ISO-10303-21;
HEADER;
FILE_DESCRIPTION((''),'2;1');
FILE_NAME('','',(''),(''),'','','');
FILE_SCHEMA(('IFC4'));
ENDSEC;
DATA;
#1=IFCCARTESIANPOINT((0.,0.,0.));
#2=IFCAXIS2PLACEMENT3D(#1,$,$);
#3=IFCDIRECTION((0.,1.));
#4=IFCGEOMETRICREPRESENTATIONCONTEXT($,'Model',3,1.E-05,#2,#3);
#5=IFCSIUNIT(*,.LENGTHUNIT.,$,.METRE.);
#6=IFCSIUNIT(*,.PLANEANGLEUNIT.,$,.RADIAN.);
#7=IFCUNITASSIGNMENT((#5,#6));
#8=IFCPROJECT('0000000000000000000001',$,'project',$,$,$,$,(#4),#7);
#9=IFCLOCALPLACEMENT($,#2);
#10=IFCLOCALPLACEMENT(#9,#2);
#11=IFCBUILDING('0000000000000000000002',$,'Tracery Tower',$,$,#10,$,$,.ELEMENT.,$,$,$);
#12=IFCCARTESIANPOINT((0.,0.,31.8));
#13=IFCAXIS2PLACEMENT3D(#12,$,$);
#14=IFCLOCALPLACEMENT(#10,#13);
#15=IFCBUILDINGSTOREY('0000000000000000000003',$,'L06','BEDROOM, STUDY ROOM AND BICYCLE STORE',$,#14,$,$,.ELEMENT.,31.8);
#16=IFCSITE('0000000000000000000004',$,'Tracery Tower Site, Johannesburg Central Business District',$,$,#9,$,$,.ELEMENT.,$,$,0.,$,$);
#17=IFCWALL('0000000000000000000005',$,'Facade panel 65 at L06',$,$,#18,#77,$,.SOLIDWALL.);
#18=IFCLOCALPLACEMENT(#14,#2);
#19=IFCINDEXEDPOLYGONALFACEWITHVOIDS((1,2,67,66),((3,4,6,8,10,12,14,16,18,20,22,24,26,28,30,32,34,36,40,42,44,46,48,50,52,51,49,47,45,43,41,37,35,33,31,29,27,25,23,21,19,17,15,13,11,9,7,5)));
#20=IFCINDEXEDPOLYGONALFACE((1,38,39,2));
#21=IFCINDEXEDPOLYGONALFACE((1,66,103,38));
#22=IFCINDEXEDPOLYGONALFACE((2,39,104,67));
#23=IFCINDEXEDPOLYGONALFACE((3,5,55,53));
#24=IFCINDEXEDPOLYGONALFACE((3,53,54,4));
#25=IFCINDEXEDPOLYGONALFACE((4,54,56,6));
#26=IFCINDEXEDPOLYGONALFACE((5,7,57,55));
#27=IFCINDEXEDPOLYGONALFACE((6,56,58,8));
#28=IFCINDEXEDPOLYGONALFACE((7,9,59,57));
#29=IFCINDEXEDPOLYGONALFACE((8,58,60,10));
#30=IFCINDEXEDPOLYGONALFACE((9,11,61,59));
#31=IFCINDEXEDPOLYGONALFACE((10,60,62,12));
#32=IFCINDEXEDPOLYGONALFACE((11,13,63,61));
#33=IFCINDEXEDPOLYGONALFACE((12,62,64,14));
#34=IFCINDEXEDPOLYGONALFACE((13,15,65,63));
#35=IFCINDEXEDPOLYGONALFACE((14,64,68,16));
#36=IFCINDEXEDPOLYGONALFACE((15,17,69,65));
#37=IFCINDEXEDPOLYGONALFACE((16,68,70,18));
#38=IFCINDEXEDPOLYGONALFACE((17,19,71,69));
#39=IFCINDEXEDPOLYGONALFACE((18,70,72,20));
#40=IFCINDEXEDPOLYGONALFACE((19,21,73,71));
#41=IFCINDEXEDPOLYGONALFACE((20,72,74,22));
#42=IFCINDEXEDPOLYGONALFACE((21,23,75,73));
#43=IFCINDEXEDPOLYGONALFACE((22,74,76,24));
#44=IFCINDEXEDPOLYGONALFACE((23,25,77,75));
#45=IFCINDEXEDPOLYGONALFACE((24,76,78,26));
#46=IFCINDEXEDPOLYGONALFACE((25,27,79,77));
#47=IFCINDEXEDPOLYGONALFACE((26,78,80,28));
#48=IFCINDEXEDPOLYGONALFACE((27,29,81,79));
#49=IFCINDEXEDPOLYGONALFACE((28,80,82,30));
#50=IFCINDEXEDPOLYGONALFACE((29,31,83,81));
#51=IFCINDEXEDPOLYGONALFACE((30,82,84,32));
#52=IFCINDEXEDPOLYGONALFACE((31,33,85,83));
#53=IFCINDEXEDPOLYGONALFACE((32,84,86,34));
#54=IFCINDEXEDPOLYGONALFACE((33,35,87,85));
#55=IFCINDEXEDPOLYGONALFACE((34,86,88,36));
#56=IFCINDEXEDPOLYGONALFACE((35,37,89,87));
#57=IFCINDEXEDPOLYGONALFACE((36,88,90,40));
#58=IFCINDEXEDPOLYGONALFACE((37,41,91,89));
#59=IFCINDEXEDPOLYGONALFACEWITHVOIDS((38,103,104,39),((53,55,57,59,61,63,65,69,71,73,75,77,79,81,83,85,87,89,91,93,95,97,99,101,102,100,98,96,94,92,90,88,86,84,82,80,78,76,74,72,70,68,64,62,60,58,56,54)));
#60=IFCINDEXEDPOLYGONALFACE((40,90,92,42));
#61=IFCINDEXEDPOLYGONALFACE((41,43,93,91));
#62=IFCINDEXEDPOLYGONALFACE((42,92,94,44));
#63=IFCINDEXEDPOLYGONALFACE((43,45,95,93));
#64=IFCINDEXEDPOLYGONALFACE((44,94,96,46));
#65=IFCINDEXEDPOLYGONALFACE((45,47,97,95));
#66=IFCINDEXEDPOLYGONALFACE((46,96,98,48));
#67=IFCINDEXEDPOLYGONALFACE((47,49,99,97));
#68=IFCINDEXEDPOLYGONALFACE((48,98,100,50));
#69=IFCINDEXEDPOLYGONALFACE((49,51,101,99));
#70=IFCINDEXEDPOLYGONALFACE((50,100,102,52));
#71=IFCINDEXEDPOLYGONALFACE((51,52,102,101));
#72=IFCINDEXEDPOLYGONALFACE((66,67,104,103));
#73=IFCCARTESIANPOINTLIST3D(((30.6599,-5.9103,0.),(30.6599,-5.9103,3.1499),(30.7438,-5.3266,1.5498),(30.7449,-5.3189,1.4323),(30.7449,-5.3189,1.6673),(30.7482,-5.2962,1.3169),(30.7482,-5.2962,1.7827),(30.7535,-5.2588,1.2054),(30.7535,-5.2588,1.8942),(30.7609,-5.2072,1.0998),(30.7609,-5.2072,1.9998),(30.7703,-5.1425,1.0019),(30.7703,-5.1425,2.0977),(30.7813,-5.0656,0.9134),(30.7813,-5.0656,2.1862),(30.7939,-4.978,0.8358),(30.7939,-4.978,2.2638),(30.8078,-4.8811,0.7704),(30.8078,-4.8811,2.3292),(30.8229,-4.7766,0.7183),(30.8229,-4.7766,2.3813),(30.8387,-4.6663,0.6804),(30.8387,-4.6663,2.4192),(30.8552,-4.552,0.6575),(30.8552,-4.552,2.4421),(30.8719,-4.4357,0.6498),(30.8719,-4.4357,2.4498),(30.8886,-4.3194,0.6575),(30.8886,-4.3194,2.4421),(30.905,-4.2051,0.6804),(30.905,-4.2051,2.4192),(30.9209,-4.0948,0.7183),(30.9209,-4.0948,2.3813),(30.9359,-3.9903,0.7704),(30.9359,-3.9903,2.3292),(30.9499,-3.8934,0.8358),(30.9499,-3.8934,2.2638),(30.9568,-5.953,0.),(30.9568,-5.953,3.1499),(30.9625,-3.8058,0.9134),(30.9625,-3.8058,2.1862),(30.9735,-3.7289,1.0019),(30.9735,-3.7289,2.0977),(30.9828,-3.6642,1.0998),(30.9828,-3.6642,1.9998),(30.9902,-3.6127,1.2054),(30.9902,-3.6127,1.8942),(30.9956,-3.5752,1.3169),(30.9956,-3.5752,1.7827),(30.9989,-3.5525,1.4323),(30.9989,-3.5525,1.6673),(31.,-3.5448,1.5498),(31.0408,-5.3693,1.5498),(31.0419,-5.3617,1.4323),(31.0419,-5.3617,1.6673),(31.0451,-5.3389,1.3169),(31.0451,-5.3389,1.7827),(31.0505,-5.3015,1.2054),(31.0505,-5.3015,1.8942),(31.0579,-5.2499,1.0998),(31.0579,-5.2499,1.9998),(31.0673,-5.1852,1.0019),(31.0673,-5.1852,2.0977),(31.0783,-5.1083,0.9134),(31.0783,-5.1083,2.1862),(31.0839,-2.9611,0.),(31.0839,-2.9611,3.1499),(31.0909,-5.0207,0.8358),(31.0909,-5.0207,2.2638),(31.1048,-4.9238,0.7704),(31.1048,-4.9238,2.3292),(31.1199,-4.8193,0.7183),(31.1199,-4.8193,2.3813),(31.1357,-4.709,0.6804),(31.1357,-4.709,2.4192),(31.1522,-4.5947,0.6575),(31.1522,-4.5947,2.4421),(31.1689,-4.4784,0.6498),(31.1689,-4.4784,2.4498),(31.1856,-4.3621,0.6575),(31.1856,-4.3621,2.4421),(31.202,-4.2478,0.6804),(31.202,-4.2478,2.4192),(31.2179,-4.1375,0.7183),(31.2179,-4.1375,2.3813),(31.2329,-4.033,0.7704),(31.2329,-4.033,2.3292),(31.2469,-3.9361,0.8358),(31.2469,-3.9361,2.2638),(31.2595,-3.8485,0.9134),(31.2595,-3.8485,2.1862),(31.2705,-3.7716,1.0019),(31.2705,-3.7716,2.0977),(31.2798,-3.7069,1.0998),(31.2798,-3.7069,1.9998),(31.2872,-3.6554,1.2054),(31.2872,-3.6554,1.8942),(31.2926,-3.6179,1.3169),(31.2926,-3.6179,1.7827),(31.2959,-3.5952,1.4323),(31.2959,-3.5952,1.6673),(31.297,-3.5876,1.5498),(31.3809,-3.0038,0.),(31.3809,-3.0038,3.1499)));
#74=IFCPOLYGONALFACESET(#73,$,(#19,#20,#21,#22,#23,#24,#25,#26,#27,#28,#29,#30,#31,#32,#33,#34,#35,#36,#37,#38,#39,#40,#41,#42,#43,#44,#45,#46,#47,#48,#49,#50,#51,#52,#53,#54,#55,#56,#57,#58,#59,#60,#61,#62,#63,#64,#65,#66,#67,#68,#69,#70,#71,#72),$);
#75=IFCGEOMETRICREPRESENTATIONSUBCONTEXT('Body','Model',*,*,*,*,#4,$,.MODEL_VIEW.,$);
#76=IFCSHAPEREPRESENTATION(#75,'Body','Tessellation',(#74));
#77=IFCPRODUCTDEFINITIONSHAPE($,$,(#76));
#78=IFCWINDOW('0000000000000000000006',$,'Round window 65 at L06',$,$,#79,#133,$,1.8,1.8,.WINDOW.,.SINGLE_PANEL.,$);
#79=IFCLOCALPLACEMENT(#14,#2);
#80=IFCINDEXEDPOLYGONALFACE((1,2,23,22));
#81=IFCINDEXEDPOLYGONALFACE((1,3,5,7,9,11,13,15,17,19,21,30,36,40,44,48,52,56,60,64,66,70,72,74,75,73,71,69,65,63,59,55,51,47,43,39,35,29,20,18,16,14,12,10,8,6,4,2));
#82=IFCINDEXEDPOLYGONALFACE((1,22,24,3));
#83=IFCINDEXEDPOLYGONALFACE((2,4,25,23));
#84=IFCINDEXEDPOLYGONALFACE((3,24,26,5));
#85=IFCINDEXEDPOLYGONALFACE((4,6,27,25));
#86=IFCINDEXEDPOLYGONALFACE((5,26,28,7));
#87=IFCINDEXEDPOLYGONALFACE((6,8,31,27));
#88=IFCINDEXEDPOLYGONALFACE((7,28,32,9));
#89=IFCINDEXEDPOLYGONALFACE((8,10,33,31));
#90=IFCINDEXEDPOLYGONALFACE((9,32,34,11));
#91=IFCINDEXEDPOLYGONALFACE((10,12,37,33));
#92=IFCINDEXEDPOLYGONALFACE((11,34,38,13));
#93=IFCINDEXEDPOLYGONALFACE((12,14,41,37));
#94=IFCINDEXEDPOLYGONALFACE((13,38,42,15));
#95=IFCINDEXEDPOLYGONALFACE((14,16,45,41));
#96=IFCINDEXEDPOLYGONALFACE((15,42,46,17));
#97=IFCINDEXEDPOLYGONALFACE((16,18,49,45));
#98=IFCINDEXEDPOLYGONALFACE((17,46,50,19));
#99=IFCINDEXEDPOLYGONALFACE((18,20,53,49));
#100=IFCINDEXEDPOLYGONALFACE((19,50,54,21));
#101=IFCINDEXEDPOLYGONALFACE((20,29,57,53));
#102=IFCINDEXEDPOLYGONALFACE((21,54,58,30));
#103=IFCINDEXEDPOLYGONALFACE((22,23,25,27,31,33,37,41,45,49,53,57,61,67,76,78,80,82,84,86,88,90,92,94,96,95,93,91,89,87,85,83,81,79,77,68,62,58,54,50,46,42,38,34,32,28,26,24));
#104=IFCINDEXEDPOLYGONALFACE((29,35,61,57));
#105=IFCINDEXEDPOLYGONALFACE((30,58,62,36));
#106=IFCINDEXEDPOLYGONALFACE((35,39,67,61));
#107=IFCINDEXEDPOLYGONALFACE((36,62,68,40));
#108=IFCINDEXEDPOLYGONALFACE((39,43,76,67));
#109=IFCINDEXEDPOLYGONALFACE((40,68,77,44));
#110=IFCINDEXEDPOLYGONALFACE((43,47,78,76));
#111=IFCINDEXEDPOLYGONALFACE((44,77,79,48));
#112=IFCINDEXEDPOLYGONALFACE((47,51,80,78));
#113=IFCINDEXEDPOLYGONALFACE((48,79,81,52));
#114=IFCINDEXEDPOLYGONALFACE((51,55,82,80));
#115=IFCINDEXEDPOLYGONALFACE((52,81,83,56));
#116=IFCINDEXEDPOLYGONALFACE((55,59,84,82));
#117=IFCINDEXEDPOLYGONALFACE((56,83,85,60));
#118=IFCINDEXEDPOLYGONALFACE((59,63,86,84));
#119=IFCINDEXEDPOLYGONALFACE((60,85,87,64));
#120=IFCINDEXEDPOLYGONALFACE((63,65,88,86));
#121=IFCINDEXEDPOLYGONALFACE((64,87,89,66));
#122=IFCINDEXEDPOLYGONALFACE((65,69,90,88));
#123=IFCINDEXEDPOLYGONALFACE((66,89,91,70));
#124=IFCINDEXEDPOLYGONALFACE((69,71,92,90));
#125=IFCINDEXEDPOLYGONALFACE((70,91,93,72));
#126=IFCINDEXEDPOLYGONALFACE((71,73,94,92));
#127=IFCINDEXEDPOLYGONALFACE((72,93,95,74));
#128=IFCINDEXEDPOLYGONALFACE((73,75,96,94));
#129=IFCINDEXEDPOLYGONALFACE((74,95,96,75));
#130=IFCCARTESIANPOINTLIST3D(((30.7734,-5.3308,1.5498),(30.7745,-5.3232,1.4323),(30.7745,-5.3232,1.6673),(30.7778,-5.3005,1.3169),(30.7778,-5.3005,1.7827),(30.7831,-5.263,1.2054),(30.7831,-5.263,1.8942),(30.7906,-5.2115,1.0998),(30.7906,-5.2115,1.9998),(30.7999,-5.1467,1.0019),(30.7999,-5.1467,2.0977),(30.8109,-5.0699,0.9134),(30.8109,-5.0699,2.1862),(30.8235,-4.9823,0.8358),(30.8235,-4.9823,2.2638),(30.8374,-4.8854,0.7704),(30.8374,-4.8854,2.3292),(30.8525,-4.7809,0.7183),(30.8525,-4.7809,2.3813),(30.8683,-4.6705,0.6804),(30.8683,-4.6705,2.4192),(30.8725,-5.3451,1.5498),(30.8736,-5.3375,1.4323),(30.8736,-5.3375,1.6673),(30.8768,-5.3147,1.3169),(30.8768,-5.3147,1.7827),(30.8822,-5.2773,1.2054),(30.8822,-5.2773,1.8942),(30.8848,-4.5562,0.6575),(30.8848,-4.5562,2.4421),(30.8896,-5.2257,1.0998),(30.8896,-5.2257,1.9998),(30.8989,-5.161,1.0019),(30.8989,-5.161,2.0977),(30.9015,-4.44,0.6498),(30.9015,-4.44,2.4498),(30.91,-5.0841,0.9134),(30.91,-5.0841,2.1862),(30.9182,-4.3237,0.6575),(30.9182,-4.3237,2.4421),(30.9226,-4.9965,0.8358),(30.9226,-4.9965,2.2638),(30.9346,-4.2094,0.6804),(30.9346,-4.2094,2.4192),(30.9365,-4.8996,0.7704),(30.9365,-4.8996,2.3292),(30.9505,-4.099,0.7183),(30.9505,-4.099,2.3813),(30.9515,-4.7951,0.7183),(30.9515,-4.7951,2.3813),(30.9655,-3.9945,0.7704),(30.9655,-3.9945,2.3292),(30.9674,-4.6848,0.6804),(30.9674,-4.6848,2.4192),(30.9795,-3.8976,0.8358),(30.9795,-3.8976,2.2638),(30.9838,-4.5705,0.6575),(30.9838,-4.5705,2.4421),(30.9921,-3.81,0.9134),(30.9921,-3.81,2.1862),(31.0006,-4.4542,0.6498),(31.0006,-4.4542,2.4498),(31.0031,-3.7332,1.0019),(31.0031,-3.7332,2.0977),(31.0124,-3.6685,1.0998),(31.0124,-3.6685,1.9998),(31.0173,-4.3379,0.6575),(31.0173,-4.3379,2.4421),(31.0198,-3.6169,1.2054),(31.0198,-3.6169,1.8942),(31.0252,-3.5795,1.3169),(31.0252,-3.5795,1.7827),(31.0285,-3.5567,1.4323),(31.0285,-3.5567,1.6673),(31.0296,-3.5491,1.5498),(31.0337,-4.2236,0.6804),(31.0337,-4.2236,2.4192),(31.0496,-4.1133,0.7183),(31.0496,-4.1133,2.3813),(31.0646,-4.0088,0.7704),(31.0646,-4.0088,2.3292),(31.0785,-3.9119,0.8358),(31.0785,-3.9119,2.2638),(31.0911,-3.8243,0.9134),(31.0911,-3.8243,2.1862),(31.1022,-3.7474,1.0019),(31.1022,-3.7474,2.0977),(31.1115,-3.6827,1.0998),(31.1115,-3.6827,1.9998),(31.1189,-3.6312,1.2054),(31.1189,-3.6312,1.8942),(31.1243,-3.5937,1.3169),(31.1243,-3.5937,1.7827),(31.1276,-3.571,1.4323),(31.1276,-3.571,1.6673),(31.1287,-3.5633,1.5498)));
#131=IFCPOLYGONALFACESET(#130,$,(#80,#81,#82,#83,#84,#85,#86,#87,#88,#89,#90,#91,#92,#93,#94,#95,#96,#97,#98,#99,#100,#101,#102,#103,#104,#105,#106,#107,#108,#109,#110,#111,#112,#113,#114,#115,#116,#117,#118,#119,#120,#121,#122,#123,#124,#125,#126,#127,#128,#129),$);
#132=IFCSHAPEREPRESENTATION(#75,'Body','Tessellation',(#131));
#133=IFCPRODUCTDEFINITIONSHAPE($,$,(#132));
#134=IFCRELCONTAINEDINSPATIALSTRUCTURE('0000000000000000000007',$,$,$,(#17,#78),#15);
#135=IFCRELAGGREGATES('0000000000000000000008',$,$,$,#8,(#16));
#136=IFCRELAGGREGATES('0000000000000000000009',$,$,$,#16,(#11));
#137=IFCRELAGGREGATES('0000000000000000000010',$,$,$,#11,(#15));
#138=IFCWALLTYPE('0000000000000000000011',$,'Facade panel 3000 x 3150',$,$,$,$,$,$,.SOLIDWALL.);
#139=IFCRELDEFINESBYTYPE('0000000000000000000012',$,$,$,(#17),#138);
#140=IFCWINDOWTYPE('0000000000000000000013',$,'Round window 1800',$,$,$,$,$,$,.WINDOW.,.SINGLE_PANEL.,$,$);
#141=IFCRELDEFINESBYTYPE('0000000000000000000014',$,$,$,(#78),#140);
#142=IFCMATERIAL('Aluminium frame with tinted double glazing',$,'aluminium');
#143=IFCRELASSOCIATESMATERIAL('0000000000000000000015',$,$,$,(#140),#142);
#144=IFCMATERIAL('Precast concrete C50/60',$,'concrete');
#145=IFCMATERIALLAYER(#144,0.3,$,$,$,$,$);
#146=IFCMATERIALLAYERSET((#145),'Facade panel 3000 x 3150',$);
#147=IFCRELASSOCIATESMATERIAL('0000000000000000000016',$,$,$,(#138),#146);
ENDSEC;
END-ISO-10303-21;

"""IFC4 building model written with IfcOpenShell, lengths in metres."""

from ifc_helpers import new_model, si_unit, direction, frame, frame_2d, origin, origin_2d, place, context, subcontext, project, spatial, rectangle, circle, extrude, material, layer, layer_set, type_object, element, fill, save


model = new_model("IFC4")

# Units and contexts
model_context = context("Model", 3, precision=1e-05, world=origin(), true_north=direction((0.0, 1.0)))
body_context = subcontext(model_context, "Body", "Model", "MODEL_VIEW")
ifc_project = project(units=[si_unit("LENGTHUNIT", "METRE"), si_unit("PLANEANGLEUNIT", "RADIAN")], contexts=[model_context])

# Site, building, storey
site_placement = place(None, origin())
site = spatial("IfcSite", under=ifc_project, at=site_placement, Name="Tracery Tower Site, Johannesburg Central Business District", CompositionType="ELEMENT", RefElevation=0.0)
building_placement = place(site_placement, origin())
building = spatial("IfcBuilding", under=site, at=building_placement, Name="Tracery Tower", CompositionType="ELEMENT")
storey_placement = place(building_placement, frame((0.0, 0.0, 31.8)))
storey = spatial("IfcBuildingStorey", under=building, at=storey_placement, Name="L06", Description="BEDROOM, STUDY ROOM AND BICYCLE STORE", CompositionType="ELEMENT", Elevation=31.8)

# Wall, opening, window
ifc_material_1 = material(Name="Aluminium frame with tinted double glazing", Category="aluminium")
window_type = type_object("IfcWindowType", Name="Round window 1800", PartitioningType="SINGLE_PANEL", PredefinedType="WINDOW", material=ifc_material_1)
ifc_material_2 = material(Name="Precast concrete C50/60", Category="concrete")
ifc_layer_1 = layer(ifc_material_2, 0.3)
ifc_layer_set_1 = layer_set([ifc_layer_1], Name="Facade panel 3000 x 3150")
wall_type_1 = type_object("IfcWallType", Name="Facade panel 3000 x 3150", PredefinedType="SOLIDWALL", material=ifc_layer_set_1)
wall_1_placement = place(storey_placement, frame((30.8083, -5.9316, 0.0), z_axis=(0.0, 0.0, 1.0), x_axis=(0.142328, 0.98982, 0.0)))
wall_1 = element("IfcWall", 1, at=wall_1_placement, inside=storey, type_object=wall_type_1, Name="Facade panel 65 at L06", PredefinedType="SOLIDWALL", context=body_context, shape_type="SweptSolid", body=[
    extrude(rectangle(XDim=2.9795, YDim=0.3, at=frame_2d((1.4897, 0.0))), origin(), (0.0, 0.0, 1.0), 3.1499),
])
opening_1_placement = place(wall_1_placement, frame((1.4897, 0.0, 1.5498)))
opening_1 = element("IfcOpeningElement", 2, at=opening_1_placement, cuts=wall_1, PredefinedType="OPENING", context=body_context, shape_type="SweptSolid", body=[
    extrude(circle(Radius=0.9, at=origin_2d()), frame((0.0, 0.1599, 0.0), z_axis=(0.0, -1.0, 0.0), x_axis=(1.0, 0.0, 0.0)), (0.0, 0.0, 1.0), 0.3201),
])
window_1_placement = place(opening_1_placement, origin())
window_1 = element("IfcWindow", 3, at=window_1_placement, inside=storey, type_object=window_type, Name="Round window 65 at L06", OverallHeight=1.8, OverallWidth=1.8, PartitioningType="SINGLE_PANEL", PredefinedType="WINDOW", context=body_context, shape_type="SweptSolid", body=[
    extrude(circle(Radius=0.9, at=origin_2d()), frame((0.0, 0.1201, 0.0), z_axis=(0.0, -1.0, 0.0), x_axis=(1.0, 0.0, 0.0)), (0.0, 0.0, 1.0), 0.1001),
])
fill(opening_1, window_1)

save(model, "model.ifc")
